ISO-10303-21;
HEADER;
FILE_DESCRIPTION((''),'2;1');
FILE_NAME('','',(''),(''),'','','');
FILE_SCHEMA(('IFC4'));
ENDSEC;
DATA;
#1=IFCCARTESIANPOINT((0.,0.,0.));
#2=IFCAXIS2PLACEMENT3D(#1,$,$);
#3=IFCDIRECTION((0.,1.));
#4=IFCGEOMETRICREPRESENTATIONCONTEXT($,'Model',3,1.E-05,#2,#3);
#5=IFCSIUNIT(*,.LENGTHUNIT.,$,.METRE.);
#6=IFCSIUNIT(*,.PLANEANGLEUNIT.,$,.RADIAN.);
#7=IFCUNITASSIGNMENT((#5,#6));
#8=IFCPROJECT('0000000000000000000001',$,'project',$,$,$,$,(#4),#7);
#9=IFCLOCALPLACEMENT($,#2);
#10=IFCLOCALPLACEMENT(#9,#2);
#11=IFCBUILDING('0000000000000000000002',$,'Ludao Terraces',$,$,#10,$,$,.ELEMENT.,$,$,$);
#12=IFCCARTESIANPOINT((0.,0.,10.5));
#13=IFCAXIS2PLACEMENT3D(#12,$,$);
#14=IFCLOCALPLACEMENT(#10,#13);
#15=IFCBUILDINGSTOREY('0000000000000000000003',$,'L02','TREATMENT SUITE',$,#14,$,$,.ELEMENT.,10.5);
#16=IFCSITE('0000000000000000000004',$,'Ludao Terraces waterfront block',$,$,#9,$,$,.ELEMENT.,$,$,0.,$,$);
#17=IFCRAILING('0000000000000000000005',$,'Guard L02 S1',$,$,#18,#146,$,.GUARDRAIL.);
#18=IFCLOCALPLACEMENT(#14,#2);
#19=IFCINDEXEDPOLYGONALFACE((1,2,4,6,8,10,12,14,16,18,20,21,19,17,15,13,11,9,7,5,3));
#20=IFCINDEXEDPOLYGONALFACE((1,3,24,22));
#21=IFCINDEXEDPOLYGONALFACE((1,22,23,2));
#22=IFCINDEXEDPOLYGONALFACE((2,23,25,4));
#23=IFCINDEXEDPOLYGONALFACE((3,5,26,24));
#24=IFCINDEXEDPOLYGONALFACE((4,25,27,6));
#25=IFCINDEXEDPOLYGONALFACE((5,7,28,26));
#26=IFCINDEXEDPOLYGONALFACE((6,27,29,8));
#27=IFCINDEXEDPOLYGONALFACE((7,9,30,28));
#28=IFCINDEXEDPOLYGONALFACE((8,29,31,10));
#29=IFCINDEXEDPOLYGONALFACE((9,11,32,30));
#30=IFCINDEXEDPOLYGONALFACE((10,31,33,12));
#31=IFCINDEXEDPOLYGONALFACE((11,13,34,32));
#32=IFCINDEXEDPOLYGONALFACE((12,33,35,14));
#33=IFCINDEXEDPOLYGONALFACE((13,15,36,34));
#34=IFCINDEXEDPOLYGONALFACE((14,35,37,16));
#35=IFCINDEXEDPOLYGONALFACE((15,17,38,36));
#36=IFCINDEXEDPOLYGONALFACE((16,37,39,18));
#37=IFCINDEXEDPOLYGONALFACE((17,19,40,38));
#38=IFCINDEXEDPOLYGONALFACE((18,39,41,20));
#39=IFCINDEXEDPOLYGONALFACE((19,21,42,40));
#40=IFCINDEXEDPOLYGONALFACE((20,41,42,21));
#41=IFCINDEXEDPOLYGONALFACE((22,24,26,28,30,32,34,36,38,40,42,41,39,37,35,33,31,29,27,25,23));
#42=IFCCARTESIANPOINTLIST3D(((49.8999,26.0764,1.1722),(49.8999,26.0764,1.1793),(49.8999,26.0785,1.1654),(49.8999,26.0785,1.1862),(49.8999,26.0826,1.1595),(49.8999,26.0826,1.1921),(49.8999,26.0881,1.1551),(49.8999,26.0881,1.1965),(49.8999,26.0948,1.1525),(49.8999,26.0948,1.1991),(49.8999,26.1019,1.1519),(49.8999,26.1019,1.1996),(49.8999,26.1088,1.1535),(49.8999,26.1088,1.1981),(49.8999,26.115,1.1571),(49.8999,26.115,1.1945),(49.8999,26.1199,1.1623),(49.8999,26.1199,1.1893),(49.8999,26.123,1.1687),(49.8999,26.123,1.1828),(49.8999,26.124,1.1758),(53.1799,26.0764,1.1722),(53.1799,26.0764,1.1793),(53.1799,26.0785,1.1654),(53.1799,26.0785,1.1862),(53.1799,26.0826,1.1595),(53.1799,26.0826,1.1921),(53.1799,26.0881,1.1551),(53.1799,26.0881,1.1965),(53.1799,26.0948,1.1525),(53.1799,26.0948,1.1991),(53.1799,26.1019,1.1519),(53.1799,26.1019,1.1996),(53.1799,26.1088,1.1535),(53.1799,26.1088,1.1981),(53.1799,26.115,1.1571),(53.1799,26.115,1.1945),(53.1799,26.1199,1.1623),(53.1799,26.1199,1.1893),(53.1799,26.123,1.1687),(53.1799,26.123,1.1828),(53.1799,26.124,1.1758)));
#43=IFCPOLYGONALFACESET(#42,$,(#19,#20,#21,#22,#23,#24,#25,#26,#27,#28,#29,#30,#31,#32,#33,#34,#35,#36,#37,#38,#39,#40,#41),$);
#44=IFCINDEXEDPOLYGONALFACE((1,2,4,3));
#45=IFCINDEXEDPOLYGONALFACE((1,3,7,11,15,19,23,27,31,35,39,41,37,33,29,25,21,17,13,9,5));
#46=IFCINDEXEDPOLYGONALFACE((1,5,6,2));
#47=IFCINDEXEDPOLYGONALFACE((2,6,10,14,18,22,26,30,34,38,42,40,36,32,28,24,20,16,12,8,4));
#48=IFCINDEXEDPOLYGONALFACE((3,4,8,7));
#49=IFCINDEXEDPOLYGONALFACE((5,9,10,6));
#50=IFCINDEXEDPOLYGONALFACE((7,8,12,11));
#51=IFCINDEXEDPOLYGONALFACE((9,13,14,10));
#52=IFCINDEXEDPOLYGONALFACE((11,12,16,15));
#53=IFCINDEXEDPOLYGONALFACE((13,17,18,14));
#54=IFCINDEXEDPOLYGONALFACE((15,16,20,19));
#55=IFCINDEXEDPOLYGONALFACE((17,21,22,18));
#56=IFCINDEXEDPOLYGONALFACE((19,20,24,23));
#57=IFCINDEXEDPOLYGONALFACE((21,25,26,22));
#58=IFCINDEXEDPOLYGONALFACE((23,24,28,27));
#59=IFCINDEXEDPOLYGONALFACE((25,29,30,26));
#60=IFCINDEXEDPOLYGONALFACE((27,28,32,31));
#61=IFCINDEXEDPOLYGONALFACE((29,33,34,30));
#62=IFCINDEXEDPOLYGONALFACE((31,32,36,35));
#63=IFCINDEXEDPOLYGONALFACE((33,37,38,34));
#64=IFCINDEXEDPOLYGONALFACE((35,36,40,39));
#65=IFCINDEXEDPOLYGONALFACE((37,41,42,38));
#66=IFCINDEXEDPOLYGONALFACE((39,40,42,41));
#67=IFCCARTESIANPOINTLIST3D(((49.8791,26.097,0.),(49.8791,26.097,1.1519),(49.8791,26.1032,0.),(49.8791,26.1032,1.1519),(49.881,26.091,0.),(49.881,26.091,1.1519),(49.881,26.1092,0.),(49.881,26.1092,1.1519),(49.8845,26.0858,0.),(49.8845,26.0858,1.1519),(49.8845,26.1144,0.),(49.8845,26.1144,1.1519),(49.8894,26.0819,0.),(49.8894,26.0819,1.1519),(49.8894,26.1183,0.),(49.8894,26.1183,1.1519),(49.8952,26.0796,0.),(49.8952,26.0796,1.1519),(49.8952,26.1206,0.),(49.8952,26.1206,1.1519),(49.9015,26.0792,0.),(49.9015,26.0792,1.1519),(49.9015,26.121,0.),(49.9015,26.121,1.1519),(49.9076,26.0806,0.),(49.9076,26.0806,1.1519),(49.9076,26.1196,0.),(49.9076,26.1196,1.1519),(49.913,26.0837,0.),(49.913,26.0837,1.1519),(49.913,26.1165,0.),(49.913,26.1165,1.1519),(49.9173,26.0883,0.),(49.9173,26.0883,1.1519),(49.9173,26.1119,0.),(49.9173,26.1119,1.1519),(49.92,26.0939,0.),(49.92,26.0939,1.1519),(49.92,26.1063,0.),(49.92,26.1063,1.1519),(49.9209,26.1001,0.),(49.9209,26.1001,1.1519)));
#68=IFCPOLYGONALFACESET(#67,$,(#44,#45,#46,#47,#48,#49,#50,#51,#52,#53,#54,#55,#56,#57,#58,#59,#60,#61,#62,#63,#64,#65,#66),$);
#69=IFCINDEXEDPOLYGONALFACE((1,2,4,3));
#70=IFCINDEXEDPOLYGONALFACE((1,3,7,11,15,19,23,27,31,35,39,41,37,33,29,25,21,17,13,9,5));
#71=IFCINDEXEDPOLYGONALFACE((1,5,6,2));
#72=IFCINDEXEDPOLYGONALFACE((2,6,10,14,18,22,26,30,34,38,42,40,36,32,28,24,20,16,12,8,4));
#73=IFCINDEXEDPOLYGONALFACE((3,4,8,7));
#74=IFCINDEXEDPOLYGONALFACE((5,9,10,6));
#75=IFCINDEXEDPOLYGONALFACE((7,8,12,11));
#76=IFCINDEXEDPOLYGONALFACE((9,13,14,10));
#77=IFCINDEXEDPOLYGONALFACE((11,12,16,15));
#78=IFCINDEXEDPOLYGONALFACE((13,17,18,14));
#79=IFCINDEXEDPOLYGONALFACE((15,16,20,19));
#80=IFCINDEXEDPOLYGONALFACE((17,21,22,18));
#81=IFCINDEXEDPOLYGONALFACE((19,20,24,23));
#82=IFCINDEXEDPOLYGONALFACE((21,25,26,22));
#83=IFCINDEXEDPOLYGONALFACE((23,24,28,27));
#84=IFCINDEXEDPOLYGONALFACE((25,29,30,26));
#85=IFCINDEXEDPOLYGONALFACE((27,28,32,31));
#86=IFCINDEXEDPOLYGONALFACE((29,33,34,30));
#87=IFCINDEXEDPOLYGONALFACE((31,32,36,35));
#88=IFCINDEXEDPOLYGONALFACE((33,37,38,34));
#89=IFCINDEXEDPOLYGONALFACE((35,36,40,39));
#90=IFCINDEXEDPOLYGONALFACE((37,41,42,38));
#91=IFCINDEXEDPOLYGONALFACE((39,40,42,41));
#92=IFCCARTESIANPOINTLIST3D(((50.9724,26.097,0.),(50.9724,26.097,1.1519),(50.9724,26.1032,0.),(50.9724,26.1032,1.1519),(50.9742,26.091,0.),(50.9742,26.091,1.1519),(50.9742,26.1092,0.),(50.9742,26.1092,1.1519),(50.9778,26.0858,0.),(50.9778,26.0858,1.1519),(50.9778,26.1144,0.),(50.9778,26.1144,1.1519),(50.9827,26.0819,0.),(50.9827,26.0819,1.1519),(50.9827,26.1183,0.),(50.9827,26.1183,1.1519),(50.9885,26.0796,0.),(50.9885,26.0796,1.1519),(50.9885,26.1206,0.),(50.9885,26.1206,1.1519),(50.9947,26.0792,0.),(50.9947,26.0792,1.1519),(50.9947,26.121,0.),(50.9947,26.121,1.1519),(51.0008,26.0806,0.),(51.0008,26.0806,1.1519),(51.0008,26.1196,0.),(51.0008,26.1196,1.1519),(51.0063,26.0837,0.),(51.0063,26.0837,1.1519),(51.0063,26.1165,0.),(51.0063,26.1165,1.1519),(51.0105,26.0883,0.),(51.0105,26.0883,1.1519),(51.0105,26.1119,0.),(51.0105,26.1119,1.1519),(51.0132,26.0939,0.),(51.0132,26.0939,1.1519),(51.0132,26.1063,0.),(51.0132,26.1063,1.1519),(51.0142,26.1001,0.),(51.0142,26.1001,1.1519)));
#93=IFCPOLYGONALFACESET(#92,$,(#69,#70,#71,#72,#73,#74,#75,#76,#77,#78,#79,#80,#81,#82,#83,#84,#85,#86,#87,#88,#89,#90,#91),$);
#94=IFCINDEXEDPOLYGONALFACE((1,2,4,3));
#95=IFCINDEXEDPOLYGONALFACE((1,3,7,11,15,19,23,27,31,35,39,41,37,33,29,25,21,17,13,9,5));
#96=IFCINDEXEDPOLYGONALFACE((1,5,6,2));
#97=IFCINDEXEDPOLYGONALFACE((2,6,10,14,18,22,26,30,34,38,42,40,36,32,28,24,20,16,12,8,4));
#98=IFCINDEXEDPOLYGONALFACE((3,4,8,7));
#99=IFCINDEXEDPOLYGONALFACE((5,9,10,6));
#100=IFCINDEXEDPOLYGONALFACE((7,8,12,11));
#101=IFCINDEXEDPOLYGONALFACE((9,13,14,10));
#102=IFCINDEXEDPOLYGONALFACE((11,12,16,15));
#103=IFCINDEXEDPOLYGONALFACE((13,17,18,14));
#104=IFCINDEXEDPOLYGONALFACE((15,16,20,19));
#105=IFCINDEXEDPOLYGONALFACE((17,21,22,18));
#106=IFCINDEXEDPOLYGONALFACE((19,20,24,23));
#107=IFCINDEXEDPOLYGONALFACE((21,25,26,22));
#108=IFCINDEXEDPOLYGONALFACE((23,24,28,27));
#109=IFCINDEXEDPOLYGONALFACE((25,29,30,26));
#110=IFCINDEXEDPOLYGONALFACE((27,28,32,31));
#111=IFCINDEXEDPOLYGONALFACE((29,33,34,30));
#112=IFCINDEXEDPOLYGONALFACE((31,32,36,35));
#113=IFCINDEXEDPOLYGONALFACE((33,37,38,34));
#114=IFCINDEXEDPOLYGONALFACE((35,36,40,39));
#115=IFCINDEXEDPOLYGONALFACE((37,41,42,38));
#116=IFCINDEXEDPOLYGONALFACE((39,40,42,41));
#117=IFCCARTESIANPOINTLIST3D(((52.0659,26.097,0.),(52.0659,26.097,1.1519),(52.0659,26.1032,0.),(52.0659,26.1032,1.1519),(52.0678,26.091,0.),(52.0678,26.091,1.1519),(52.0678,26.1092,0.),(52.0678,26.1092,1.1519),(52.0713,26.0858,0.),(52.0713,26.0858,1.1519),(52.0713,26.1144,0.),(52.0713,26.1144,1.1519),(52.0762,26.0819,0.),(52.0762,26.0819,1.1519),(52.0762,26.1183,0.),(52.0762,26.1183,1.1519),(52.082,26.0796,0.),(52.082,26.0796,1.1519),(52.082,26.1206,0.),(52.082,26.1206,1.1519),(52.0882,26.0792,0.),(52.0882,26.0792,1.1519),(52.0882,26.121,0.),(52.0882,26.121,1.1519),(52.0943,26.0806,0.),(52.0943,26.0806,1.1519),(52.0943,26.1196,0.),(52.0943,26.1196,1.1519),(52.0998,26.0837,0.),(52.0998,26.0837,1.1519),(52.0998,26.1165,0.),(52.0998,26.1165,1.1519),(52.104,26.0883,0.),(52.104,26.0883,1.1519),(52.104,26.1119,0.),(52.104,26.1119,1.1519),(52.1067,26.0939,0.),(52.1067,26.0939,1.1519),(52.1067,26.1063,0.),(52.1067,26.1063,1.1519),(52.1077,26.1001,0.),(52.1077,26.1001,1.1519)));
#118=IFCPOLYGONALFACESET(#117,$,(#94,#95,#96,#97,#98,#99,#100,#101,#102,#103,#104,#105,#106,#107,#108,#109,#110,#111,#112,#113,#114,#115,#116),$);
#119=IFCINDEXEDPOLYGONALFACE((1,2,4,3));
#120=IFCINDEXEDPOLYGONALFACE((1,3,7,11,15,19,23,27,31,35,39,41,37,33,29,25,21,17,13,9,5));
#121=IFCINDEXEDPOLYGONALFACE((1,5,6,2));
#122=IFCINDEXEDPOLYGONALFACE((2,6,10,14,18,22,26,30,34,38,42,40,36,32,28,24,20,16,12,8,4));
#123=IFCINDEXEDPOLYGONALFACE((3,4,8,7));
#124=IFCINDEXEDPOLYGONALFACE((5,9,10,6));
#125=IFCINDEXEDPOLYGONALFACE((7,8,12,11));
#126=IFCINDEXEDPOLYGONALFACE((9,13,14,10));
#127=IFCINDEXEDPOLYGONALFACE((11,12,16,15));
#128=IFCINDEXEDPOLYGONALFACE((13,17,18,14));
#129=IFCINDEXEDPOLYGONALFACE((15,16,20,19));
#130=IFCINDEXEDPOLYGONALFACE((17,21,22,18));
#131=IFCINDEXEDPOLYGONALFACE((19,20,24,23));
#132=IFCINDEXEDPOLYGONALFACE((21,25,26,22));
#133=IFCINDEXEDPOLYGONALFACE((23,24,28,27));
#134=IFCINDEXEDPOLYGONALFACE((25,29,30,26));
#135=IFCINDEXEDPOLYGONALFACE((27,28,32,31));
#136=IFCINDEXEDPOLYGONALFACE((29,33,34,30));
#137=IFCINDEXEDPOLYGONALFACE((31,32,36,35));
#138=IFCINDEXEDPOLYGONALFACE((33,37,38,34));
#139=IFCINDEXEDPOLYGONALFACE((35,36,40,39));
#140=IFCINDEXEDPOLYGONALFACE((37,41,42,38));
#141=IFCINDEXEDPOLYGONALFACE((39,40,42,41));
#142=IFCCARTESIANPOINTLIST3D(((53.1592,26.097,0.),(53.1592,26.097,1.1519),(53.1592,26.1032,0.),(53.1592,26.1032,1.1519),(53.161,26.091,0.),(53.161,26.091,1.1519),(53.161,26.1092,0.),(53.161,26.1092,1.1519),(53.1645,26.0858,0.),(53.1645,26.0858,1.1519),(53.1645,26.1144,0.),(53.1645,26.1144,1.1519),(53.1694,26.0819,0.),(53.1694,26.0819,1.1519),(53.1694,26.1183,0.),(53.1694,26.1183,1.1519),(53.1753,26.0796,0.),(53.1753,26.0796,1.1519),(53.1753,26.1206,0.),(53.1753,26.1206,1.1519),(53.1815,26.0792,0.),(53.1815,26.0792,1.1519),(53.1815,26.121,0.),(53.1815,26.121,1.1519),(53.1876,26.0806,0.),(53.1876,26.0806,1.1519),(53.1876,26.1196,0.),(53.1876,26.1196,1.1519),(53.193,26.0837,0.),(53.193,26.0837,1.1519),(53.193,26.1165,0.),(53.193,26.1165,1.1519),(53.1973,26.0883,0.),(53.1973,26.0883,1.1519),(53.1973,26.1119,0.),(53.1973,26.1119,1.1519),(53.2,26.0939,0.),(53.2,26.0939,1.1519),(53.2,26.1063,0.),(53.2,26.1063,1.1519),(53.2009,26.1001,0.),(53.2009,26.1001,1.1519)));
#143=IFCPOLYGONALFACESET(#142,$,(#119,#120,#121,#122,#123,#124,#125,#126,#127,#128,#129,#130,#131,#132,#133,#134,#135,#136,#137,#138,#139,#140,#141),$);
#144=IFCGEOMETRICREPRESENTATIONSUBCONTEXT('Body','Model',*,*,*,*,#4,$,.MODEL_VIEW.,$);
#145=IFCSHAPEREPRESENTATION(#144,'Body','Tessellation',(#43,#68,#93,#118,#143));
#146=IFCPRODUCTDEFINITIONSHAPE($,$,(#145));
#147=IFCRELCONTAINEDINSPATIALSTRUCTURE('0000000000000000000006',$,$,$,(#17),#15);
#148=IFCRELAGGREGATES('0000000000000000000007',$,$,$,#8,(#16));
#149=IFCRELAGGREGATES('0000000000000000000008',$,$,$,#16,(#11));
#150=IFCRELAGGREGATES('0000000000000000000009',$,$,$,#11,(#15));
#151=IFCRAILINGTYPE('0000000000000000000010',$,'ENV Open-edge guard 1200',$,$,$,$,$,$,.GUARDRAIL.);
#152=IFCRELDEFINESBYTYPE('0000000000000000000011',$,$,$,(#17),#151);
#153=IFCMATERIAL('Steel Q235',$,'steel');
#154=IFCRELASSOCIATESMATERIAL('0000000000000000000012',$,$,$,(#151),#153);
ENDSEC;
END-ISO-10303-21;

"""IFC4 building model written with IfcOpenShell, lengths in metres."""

from ifc_helpers import new_model, si_unit, direction, frame, origin, origin_2d, place, context, subcontext, project, spatial, circle, extrude, material, type_object, element, save


model = new_model("IFC4")

# Units and contexts
model_context = context("Model", 3, precision=1e-05, world=origin(), true_north=direction((0.0, 1.0)))
body_context = subcontext(model_context, "Body", "Model", "MODEL_VIEW")
ifc_project = project(units=[si_unit("LENGTHUNIT", "METRE"), si_unit("PLANEANGLEUNIT", "RADIAN")], contexts=[model_context])

# Site, building, storey
site_placement = place(None, origin())
site = spatial("IfcSite", under=ifc_project, at=site_placement, Name="Ludao Terraces waterfront block", CompositionType="ELEMENT", RefElevation=0.0)
building_placement = place(site_placement, origin())
building = spatial("IfcBuilding", under=site, at=building_placement, Name="Ludao Terraces", CompositionType="ELEMENT")
storey_placement = place(building_placement, frame((0.0, 0.0, 10.5)))
storey = spatial("IfcBuildingStorey", under=building, at=storey_placement, Name="L02", Description="TREATMENT SUITE", CompositionType="ELEMENT", Elevation=10.5)

# Shared definitions
ifc_material_1 = material(Name="Steel Q235", Category="steel")

# Railing
railing_type = type_object("IfcRailingType", Name="ENV Open-edge guard 1200", PredefinedType="GUARDRAIL", material=ifc_material_1)
railing_1_placement = place(storey_placement, frame((49.8999, 26.1001, 0.0)))
element("IfcRailing", 1, at=railing_1_placement, inside=storey, type_object=railing_type, Name="Guard L02 S1", PredefinedType="GUARDRAIL", context=body_context, shape_type="SweptSolid", body=[
    extrude(circle(Radius=0.0239, at=origin_2d()), frame((0.0, 0.0, 1.1758), z_axis=(1.0, 0.0, 0.0), x_axis=(0.0, 1.0, 0.0)), (0.0, 0.0, 1.0), 3.28),
    extrude(circle(Radius=0.021, at=origin_2d()), origin(), (0.0, 0.0, 1.0), 1.1519),
    extrude(circle(Radius=0.021, at=origin_2d()), frame((1.0933, 0.0, 0.0)), (0.0, 0.0, 1.0), 1.1519),
    extrude(circle(Radius=0.021, at=origin_2d()), frame((2.1868, 0.0, 0.0)), (0.0, 0.0, 1.0), 1.1519),
    extrude(circle(Radius=0.021, at=origin_2d()), frame((3.28, 0.0, 0.0)), (0.0, 0.0, 1.0), 1.1519),
])

save(model, "model.ifc")
